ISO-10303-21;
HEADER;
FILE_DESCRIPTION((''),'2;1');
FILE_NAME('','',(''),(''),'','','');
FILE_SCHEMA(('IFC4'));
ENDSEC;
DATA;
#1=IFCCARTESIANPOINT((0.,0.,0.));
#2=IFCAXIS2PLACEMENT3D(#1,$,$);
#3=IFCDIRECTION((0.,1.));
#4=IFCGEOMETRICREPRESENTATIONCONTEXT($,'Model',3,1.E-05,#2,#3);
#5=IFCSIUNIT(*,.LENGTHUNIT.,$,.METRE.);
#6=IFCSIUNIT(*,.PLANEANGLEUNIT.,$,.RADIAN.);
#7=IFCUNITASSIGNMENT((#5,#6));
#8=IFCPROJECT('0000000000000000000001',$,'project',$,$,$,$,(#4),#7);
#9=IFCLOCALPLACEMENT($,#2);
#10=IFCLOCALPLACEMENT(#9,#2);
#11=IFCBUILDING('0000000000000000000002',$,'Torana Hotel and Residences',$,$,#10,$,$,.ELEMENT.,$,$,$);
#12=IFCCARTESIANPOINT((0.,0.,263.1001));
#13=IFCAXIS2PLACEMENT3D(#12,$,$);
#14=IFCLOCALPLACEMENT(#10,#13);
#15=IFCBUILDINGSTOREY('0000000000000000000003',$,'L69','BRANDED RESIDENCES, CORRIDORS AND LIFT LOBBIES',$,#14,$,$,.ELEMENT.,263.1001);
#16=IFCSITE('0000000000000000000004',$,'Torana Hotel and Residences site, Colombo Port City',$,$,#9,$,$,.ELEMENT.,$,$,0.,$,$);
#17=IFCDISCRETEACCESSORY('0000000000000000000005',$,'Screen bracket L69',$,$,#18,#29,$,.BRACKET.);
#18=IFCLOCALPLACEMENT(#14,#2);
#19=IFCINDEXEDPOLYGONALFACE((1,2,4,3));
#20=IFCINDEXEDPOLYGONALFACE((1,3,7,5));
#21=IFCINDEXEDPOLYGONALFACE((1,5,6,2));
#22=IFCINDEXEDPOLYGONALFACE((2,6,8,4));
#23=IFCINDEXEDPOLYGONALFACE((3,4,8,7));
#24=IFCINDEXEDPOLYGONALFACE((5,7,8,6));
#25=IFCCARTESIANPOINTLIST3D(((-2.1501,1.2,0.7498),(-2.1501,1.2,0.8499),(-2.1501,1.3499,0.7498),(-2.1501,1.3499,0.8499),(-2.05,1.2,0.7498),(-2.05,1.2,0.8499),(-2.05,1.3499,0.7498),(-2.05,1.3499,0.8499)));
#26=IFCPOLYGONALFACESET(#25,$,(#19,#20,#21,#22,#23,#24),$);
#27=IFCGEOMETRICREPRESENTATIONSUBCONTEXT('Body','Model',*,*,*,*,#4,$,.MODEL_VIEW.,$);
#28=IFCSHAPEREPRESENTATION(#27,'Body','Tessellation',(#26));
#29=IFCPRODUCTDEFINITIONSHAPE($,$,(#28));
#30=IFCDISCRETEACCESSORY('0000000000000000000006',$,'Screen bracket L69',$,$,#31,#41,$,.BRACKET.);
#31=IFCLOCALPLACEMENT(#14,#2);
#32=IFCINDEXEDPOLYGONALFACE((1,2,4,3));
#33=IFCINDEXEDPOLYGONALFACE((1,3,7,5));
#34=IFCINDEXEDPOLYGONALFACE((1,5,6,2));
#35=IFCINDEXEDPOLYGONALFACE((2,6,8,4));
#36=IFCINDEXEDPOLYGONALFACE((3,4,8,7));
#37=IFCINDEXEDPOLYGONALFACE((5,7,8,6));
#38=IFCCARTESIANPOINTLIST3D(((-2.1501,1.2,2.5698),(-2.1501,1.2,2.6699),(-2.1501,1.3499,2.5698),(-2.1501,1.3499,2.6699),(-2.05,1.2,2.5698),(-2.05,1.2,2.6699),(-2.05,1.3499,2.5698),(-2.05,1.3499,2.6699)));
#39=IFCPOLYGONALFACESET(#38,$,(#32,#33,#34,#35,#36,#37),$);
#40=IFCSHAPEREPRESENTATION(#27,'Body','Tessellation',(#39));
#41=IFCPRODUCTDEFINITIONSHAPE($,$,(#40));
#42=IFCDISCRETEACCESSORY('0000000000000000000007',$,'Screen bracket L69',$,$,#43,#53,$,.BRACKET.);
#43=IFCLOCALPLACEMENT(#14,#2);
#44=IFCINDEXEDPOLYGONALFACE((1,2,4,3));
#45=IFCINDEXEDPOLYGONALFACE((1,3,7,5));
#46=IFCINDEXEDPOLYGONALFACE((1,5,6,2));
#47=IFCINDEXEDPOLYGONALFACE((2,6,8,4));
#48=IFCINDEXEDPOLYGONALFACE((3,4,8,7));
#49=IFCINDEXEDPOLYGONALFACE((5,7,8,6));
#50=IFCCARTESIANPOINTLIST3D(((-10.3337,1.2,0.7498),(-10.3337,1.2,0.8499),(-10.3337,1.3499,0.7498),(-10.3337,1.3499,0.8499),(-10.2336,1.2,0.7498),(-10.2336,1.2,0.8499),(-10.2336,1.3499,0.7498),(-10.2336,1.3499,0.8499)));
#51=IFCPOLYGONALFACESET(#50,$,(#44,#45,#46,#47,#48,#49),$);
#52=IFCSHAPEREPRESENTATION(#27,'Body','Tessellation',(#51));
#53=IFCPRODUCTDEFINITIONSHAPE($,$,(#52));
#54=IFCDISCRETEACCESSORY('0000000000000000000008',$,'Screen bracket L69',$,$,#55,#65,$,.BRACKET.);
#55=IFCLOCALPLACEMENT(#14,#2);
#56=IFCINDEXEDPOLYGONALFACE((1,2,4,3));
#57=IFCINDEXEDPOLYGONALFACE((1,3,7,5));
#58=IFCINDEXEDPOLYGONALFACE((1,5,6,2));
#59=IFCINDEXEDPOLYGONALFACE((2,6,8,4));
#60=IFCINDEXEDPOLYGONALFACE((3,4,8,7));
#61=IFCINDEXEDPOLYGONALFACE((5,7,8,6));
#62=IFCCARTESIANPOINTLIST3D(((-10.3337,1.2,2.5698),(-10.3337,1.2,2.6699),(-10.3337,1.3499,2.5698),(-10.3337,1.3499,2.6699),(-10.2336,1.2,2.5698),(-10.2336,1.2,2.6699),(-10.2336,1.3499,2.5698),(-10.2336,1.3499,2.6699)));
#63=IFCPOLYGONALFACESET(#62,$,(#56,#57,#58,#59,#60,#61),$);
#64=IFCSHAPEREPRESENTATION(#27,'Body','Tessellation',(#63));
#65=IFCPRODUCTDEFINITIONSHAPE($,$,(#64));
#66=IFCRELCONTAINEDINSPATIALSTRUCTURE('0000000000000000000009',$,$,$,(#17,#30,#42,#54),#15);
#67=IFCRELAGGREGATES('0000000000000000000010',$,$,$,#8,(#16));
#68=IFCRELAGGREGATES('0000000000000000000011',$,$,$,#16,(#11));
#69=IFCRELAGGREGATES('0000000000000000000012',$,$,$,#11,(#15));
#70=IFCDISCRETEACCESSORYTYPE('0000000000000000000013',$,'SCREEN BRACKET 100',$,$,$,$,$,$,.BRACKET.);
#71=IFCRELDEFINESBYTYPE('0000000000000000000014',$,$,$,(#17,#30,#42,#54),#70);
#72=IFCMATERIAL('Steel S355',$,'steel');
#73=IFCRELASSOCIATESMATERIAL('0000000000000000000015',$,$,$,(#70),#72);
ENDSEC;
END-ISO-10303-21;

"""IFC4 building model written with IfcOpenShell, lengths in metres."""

from ifc_helpers import new_model, si_unit, direction, frame, origin, origin_2d, place, context, subcontext, project, spatial, rectangle, extrude, material, type_object, element, save


model = new_model("IFC4")

# Units and contexts
model_context = context("Model", 3, precision=1e-05, world=origin(), true_north=direction((0.0, 1.0)))
body_context = subcontext(model_context, "Body", "Model", "MODEL_VIEW")
ifc_project = project(units=[si_unit("LENGTHUNIT", "METRE"), si_unit("PLANEANGLEUNIT", "RADIAN")], contexts=[model_context])

# Site, building, storey
site_placement = place(None, origin())
site = spatial("IfcSite", under=ifc_project, at=site_placement, Name="Torana Hotel and Residences site, Colombo Port City", CompositionType="ELEMENT", RefElevation=0.0)
building_placement = place(site_placement, origin())
building = spatial("IfcBuilding", under=site, at=building_placement, Name="Torana Hotel and Residences", CompositionType="ELEMENT")
storey_placement = place(building_placement, frame((0.0, 0.0, 263.1001)))
storey = spatial("IfcBuildingStorey", under=building, at=storey_placement, Name="L69", Description="BRANDED RESIDENCES, CORRIDORS AND LIFT LOBBIES", CompositionType="ELEMENT", Elevation=263.1001)

# Discrete accessories
ifc_material_1 = material(Name="Steel S355", Category="steel")
discrete_accessory_type = type_object("IfcDiscreteAccessoryType", Name="SCREEN BRACKET 100", PredefinedType="BRACKET", material=ifc_material_1)
for number, where, z_axis, x_axis, name in (
    (1, (-2.1001, 1.2749, 0.7498), (0.0, 0.0, 1.0), (-1.0, 0.0, 0.0), "Screen bracket L69"),
    (2, (-2.1001, 1.2749, 2.5698), (0.0, 0.0, 1.0), (-1.0, 0.0, 0.0), "Screen bracket L69"),
    (3, (-10.2837, 1.2749, 0.7498), (0.0, 0.0, 1.0), (-1.0, 0.0, 0.0), "Screen bracket L69"),
    (4, (-10.2837, 1.2749, 2.5698), (0.0, 0.0, 1.0), (-1.0, 0.0, 0.0), "Screen bracket L69"),
):
    element("IfcDiscreteAccessory", number, at=place(storey_placement, frame(where, z_axis=z_axis, x_axis=x_axis)), inside=storey, type_object=discrete_accessory_type, Name=name, PredefinedType="BRACKET", context=body_context, shape_type="SweptSolid", body=[
        extrude(rectangle(XDim=0.1001, YDim=0.1499, at=origin_2d()), origin(), (0.0, 0.0, 1.0), 0.1001),
    ])

save(model, "model.ifc")
